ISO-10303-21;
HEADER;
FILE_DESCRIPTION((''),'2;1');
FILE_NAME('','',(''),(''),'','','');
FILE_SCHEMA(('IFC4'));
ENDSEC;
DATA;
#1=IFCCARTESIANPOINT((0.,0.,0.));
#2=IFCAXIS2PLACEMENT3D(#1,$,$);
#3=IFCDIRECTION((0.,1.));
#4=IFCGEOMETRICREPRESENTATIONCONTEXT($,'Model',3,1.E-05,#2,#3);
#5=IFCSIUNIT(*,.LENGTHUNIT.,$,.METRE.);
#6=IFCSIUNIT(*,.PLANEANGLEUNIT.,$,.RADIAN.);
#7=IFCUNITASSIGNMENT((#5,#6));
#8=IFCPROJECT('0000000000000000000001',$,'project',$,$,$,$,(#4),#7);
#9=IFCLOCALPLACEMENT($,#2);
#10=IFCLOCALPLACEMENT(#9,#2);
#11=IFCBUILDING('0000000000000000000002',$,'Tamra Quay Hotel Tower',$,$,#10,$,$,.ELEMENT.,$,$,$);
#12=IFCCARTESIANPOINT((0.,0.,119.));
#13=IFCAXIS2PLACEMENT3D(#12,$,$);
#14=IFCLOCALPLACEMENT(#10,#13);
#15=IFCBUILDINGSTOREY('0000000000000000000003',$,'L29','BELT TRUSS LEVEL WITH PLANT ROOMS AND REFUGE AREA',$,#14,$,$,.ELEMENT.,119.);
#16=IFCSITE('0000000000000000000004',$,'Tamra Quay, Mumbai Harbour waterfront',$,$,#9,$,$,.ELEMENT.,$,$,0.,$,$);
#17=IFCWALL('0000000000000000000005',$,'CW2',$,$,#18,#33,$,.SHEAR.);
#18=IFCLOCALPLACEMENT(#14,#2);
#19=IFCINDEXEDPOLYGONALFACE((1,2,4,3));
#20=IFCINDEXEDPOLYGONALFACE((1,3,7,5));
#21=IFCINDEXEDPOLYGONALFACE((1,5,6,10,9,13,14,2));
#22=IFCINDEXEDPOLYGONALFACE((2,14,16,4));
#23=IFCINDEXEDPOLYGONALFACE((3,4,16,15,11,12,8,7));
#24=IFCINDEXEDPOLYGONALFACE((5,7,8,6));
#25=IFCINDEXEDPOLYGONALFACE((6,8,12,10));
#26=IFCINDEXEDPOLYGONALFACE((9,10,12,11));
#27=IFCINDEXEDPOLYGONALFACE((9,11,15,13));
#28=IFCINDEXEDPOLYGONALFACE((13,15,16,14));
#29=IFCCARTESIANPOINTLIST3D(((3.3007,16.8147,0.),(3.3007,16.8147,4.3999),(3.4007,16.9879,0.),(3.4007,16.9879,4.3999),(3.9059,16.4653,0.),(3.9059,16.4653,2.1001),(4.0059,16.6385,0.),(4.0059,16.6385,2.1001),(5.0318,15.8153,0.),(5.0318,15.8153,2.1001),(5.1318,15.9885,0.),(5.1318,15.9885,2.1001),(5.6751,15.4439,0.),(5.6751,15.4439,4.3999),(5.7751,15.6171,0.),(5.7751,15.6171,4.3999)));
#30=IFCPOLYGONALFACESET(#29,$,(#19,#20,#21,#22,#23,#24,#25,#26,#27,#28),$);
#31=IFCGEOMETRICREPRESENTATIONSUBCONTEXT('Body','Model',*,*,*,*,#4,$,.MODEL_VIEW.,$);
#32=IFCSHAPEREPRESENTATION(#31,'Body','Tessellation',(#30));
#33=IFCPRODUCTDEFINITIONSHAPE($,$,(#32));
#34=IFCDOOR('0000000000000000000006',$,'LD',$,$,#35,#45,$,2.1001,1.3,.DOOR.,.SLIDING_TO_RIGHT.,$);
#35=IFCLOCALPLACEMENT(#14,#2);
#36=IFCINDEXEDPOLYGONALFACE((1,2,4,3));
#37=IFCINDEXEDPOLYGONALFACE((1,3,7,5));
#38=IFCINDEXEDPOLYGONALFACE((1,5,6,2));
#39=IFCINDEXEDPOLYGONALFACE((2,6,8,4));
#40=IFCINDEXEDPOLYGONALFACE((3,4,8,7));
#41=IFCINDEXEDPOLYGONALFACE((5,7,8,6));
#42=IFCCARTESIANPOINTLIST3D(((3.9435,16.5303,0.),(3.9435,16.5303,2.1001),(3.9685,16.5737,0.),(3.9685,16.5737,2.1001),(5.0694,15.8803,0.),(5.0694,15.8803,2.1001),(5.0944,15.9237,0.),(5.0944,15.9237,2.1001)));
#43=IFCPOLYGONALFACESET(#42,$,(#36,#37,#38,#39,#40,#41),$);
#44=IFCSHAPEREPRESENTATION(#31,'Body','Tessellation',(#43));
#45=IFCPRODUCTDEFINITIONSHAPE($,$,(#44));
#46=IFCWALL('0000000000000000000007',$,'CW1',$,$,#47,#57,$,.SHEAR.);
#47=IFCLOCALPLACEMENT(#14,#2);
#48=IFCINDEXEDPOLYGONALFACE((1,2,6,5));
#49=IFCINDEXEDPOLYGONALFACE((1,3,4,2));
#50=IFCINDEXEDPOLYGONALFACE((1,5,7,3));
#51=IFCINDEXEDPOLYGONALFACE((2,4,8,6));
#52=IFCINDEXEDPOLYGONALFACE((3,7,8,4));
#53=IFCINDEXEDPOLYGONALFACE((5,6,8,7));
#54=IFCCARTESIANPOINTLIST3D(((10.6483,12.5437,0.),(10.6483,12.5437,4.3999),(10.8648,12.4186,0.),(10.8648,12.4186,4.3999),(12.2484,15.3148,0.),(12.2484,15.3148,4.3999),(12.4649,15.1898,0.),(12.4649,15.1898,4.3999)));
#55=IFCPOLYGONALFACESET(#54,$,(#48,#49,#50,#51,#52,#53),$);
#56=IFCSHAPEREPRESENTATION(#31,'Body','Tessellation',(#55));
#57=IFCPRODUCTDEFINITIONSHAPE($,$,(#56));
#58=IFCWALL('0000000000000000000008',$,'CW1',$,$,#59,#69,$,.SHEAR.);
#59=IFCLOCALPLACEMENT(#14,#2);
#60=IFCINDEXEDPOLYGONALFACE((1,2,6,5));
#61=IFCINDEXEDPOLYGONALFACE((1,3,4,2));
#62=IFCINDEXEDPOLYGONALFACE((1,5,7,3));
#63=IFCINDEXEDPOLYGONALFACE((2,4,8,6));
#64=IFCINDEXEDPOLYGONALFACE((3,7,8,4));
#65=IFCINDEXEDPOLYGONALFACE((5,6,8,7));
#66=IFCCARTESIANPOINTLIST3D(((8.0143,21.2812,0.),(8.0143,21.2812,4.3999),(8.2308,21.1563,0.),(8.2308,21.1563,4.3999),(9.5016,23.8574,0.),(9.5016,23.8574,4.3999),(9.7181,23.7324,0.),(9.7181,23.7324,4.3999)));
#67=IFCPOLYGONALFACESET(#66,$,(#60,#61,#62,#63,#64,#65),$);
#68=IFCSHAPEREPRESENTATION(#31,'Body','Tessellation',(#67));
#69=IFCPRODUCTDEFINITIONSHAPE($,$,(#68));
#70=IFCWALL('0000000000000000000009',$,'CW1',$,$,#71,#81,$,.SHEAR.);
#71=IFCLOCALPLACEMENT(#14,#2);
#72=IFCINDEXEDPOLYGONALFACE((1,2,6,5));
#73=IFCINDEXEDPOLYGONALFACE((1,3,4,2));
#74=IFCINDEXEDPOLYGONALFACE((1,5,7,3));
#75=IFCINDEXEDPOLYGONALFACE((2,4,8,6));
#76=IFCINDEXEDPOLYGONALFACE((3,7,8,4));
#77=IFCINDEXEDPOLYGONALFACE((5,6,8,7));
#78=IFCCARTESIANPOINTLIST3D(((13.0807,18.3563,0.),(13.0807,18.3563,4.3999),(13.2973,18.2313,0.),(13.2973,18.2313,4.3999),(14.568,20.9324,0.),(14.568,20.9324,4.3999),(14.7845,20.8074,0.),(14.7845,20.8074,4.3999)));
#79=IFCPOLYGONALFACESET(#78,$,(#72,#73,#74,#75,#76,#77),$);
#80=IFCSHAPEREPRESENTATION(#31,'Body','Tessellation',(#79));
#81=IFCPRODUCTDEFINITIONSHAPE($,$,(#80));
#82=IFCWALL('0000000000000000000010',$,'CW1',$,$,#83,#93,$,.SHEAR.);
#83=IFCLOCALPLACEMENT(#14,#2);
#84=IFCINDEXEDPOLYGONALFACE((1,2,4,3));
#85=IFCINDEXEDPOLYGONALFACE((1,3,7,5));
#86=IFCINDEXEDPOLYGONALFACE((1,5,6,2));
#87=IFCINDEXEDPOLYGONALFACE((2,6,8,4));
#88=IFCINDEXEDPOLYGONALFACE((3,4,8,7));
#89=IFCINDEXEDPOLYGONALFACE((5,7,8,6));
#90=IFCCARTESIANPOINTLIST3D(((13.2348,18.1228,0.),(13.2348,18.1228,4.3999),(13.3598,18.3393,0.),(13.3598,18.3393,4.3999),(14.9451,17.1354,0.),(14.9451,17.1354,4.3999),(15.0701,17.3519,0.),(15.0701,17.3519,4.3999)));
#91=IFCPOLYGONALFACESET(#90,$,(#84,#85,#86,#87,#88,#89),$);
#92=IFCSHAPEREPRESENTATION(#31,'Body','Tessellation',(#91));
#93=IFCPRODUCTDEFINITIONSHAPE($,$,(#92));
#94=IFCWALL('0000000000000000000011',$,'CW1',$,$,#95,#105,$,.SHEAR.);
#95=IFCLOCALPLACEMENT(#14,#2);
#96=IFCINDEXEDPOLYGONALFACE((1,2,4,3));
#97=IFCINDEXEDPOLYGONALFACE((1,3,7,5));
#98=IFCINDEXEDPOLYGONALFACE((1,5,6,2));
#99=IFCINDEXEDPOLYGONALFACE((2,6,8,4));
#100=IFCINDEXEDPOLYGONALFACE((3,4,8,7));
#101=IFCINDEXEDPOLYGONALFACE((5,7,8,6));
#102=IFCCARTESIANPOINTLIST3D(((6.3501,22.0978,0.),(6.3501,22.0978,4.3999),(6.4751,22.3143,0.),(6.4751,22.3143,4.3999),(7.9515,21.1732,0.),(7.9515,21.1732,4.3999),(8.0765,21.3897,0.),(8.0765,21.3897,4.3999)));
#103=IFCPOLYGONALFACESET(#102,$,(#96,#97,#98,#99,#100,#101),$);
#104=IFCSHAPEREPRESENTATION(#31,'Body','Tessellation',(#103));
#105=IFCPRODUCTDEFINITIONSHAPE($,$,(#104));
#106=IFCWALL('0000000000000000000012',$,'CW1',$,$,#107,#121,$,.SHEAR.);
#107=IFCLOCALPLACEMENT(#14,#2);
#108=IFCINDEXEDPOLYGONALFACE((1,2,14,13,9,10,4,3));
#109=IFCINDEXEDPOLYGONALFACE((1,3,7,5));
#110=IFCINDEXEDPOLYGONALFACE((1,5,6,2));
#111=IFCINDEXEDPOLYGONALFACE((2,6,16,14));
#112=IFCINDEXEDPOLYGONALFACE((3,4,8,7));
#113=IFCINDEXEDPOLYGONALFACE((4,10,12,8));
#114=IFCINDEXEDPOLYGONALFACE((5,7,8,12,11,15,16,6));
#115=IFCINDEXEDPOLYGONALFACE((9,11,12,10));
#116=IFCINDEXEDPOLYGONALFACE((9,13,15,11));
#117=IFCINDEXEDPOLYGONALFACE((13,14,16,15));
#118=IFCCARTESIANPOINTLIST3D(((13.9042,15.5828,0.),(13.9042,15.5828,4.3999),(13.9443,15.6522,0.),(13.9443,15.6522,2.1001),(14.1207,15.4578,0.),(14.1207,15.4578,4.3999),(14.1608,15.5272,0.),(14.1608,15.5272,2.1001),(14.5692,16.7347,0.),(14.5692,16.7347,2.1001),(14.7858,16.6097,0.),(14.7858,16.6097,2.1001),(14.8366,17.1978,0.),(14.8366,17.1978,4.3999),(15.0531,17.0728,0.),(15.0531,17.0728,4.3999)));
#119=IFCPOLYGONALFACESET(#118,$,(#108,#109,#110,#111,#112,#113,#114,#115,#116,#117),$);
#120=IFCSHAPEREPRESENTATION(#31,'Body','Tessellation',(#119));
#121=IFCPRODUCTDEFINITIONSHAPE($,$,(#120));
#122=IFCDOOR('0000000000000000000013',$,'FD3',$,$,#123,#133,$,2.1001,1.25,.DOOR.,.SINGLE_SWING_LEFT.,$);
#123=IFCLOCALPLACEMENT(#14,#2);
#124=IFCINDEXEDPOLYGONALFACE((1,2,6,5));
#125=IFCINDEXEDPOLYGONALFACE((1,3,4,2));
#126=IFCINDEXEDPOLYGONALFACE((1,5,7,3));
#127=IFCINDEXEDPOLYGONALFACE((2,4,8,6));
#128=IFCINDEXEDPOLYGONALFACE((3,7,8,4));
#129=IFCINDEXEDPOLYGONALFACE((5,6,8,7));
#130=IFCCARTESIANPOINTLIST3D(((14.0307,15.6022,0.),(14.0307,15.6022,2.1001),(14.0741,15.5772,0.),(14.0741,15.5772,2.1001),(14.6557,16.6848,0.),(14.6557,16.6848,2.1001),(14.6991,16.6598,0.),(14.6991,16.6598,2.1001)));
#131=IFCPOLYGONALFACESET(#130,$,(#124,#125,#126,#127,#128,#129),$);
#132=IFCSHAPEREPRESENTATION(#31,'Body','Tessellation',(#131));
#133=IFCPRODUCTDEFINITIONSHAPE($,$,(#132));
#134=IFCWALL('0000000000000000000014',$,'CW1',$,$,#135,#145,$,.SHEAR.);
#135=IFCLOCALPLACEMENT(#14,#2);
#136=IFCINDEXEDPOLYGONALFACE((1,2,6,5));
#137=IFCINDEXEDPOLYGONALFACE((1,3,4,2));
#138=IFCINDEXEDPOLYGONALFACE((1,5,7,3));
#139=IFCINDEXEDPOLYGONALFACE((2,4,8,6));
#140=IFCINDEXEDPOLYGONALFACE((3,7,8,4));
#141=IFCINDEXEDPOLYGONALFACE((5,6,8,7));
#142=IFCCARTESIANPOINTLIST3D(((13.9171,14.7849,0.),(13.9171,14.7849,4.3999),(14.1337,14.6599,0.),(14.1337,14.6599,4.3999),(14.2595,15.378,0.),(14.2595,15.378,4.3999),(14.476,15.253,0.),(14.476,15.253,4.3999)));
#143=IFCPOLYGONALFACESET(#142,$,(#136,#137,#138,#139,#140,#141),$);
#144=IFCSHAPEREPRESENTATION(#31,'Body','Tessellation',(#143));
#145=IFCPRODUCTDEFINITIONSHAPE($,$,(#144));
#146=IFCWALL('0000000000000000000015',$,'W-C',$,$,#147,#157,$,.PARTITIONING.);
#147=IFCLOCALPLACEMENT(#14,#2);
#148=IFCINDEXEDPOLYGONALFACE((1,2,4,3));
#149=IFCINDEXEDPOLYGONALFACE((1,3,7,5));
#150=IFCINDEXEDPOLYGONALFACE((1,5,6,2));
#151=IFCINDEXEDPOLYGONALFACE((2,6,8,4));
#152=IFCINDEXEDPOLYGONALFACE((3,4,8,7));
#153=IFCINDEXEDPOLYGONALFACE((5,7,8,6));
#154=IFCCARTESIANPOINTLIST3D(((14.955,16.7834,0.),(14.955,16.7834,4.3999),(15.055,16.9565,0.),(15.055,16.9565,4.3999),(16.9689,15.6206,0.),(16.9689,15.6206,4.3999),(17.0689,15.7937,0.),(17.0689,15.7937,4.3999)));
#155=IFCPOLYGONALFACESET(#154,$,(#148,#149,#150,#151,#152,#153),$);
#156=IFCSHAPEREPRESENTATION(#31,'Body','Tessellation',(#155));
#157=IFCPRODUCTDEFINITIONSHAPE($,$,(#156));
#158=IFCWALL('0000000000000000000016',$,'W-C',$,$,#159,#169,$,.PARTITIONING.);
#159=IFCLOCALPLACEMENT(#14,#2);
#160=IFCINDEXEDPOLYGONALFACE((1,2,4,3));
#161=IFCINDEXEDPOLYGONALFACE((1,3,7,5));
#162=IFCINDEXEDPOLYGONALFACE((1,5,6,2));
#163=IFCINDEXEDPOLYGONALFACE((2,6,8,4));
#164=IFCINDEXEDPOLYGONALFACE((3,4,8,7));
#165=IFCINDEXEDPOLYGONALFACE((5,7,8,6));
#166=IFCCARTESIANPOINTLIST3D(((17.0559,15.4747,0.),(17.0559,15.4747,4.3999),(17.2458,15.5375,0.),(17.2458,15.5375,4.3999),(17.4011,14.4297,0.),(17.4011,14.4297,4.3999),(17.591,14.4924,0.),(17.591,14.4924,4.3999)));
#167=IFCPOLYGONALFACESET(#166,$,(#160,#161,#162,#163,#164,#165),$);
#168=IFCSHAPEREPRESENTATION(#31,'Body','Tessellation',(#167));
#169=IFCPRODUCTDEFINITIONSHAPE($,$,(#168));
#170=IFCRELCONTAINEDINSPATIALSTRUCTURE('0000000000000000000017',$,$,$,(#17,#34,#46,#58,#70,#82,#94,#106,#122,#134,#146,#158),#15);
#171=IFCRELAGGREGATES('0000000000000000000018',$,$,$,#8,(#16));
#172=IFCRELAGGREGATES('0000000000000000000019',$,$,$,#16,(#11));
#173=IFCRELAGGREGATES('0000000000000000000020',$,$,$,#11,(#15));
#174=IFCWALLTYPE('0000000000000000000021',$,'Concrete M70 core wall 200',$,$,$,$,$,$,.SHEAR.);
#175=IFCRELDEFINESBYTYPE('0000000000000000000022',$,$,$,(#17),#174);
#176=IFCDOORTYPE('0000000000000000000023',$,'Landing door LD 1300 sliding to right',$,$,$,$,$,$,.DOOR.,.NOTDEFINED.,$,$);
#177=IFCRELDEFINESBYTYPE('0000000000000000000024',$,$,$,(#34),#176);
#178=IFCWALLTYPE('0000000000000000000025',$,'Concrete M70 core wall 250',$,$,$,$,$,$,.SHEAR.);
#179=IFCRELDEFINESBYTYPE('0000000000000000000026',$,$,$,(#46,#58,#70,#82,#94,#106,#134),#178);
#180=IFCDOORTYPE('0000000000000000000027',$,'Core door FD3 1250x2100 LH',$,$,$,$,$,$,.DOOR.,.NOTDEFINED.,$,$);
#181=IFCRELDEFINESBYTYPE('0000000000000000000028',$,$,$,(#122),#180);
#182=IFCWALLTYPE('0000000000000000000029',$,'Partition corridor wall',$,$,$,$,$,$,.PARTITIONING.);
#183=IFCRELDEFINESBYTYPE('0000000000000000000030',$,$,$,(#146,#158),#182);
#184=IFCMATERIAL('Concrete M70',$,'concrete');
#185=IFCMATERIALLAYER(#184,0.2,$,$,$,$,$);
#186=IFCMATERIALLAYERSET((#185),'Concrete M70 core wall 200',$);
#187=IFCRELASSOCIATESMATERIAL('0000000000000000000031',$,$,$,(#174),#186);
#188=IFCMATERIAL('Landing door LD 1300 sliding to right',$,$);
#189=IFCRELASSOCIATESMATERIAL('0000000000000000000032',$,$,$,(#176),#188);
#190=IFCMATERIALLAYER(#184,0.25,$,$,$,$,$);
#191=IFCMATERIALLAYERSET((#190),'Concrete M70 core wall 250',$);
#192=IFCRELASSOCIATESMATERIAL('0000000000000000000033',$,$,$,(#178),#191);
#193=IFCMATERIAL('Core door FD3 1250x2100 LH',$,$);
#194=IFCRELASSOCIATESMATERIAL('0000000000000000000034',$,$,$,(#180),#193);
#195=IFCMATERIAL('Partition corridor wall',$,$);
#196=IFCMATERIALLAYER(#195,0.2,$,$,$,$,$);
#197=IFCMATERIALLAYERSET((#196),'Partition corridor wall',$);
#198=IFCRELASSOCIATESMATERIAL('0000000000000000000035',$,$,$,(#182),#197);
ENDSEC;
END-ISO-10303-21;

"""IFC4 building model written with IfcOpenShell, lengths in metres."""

from ifc_helpers import new_model, si_unit, direction, frame, frame_2d, origin, place, context, subcontext, project, spatial, rectangle, extrude, material, layer, layer_set, type_object, element, fill, save


model = new_model("IFC4")

# Units and contexts
model_context = context("Model", 3, precision=1e-05, world=origin(), true_north=direction((0.0, 1.0)))
body_context = subcontext(model_context, "Body", "Model", "MODEL_VIEW")
ifc_project = project(units=[si_unit("LENGTHUNIT", "METRE"), si_unit("PLANEANGLEUNIT", "RADIAN")], contexts=[model_context])

# Site, building, storey
site_placement = place(None, origin())
site = spatial("IfcSite", under=ifc_project, at=site_placement, Name="Tamra Quay, Mumbai Harbour waterfront", CompositionType="ELEMENT", RefElevation=0.0)
building_placement = place(site_placement, origin())
building = spatial("IfcBuilding", under=site, at=building_placement, Name="Tamra Quay Hotel Tower", CompositionType="ELEMENT")
storey_placement = place(building_placement, frame((0.0, 0.0, 119.0)))
storey = spatial("IfcBuildingStorey", under=building, at=storey_placement, Name="L29", Description="BELT TRUSS LEVEL WITH PLANT ROOMS AND REFUGE AREA", CompositionType="ELEMENT", Elevation=119.0)

# Shared definitions
ifc_material_1 = material(Name="Concrete M70", Category="concrete")
ifc_layer_1 = layer(ifc_material_1, 0.2)
ifc_layer_set_1 = layer_set([ifc_layer_1], Name="Concrete M70 core wall 200")
wall_type_1 = type_object("IfcWallType", Name="Concrete M70 core wall 200", PredefinedType="SHEAR", material=ifc_layer_set_1)

# Wall, opening, door
wall_1_placement = place(storey_placement, frame((5.7251, 15.5305, 0.0), z_axis=(0.0, 0.0, 1.0), x_axis=(-0.866037, 0.499979, 0.0)))
wall_1 = element("IfcWall", 1, at=wall_1_placement, inside=storey, type_object=wall_type_1, Name="CW2", PredefinedType="SHEAR", context=body_context, shape_type="SweptSolid", body=[
    extrude(rectangle(XDim=2.7417, YDim=0.2, at=frame_2d((1.3708, 0.0))), origin(), (0.0, 0.0, 1.0), 4.3999),
])
opening_1_placement = place(wall_1_placement, frame((0.7429, 0.0, 0.0)))
opening_1 = element("IfcOpeningElement", 2, at=opening_1_placement, cuts=wall_1, PredefinedType="OPENING", context=body_context, shape_type="SweptSolid", body=[
    extrude(rectangle(XDim=1.3, YDim=2.1001, at=frame_2d((0.6499, 1.05))), frame((0.0, 0.1099, 0.0), z_axis=(0.0, -1.0, 0.0), x_axis=(1.0, 0.0, 0.0)), (0.0, 0.0, 1.0), 0.22),
])
ifc_material_2 = material(Name="Landing door LD 1300 sliding to right")
door_type_1 = type_object("IfcDoorType", Name="Landing door LD 1300 sliding to right", OperationType="NOTDEFINED", PredefinedType="DOOR", material=ifc_material_2)
door_1_placement = place(opening_1_placement, origin())
door_1 = element("IfcDoor", 3, at=door_1_placement, inside=storey, type_object=door_type_1, Name="LD", OperationType="SLIDING_TO_RIGHT", OverallHeight=2.1001, OverallWidth=1.3, PredefinedType="DOOR", context=body_context, shape_type="SweptSolid", body=[
    extrude(rectangle(XDim=1.3, YDim=2.1001, at=frame_2d((0.6499, 1.05))), frame((0.0, 0.0249, 0.0), z_axis=(0.0, -1.0, 0.0), x_axis=(1.0, 0.0, 0.0)), (0.0, 0.0, 1.0), 0.05),
])
fill(opening_1, door_1)

# Walls
ifc_layer_2 = layer(ifc_material_1, 0.25)
ifc_layer_set_2 = layer_set([ifc_layer_2], Name="Concrete M70 core wall 250")
wall_type_2 = type_object("IfcWallType", Name="Concrete M70 core wall 250", PredefinedType="SHEAR", material=ifc_layer_set_2)
wall_2_placement = place(storey_placement, frame((12.3567, 15.2524, 0.0), z_axis=(0.0, 0.0, 1.0), x_axis=(-0.500028, -0.866009, 0.0)))
element("IfcWall", 4, at=wall_2_placement, inside=storey, type_object=wall_type_2, Name="CW1", PredefinedType="SHEAR", context=body_context, shape_type="SweptSolid", body=[
    extrude(rectangle(XDim=3.2, YDim=0.25, at=frame_2d((1.6001, 0.0))), origin(), (0.0, 0.0, 1.0), 4.3999),
])
for number, where, z_axis, x_axis, name in (
    (5, (8.1226, 21.2188, 0.0), (0.0, 0.0, 1.0), (0.499988, 0.866033, 0.0), "CW1"),
    (6, (14.6763, 20.8699, 0.0), (0.0, 0.0, 1.0), (-0.499988, -0.866033, 0.0), "CW1"),
):
    element("IfcWall", number, at=place(storey_placement, frame(where, z_axis=z_axis, x_axis=x_axis)), inside=storey, type_object=wall_type_2, Name=name, PredefinedType="SHEAR", context=body_context, shape_type="SweptSolid", body=[
        extrude(rectangle(XDim=2.9746, YDim=0.25, at=frame_2d((1.4873, 0.0))), origin(), (0.0, 0.0, 1.0), 4.3999),
    ])
wall_3_placement = place(storey_placement, frame((13.2974, 18.231, 0.0), z_axis=(0.0, 0.0, 1.0), x_axis=(0.866044, -0.499969, 0.0)))
element("IfcWall", 7, at=wall_3_placement, inside=storey, type_object=wall_type_2, Name="CW1", PredefinedType="SHEAR", context=body_context, shape_type="SweptSolid", body=[
    extrude(rectangle(XDim=1.9749, YDim=0.25, at=frame_2d((0.9873, 0.0))), origin(), (0.0, 0.0, 1.0), 4.3999),
])
wall_4_placement = place(storey_placement, frame((6.4126, 22.2061, 0.0), z_axis=(0.0, 0.0, 1.0), x_axis=(0.866016, -0.500016, 0.0)))
element("IfcWall", 8, at=wall_4_placement, inside=storey, type_object=wall_type_2, Name="CW1", PredefinedType="SHEAR", context=body_context, shape_type="SweptSolid", body=[
    extrude(rectangle(XDim=1.8491, YDim=0.25, at=frame_2d((0.9246, 0.0))), origin(), (0.0, 0.0, 1.0), 4.3999),
])

# Wall, opening, door
wall_5_placement = place(storey_placement, frame((14.9448, 17.1353, 0.0), z_axis=(0.0, 0.0, 1.0), x_axis=(-0.499983, -0.866035, 0.0)))
wall_5 = element("IfcWall", 9, at=wall_5_placement, inside=storey, type_object=wall_type_2, Name="CW1", PredefinedType="SHEAR", context=body_context, shape_type="SweptSolid", body=[
    extrude(rectangle(XDim=1.8647, YDim=0.25, at=frame_2d((0.9324, 0.0))), origin(), (0.0, 0.0, 1.0), 4.3999),
])
opening_2_placement = place(wall_5_placement, frame((0.5347, 0.0, 0.0)))
opening_2 = element("IfcOpeningElement", 10, at=opening_2_placement, cuts=wall_5, PredefinedType="OPENING", context=body_context, shape_type="SweptSolid", body=[
    extrude(rectangle(XDim=1.25, YDim=2.1001, at=frame_2d((0.625, 1.05))), frame((0.0, 0.135, 0.0), z_axis=(0.0, -1.0, 0.0), x_axis=(1.0, 0.0, 0.0)), (0.0, 0.0, 1.0), 0.27),
])
ifc_material_3 = material(Name="Core door FD3 1250x2100 LH")
door_type_2 = type_object("IfcDoorType", Name="Core door FD3 1250x2100 LH", OperationType="NOTDEFINED", PredefinedType="DOOR", material=ifc_material_3)
door_2_placement = place(opening_2_placement, origin())
door_2 = element("IfcDoor", 11, at=door_2_placement, inside=storey, type_object=door_type_2, Name="FD3", OperationType="SINGLE_SWING_LEFT", OverallHeight=2.1001, OverallWidth=1.25, PredefinedType="DOOR", context=body_context, shape_type="SweptSolid", body=[
    extrude(rectangle(XDim=1.25, YDim=2.1001, at=frame_2d((0.625, 1.05))), frame((0.0, 0.0249, 0.0), z_axis=(0.0, -1.0, 0.0), x_axis=(1.0, 0.0, 0.0)), (0.0, 0.0, 1.0), 0.05),
])
fill(opening_2, door_2)

# Walls
wall_6_placement = place(storey_placement, frame((14.3677, 15.3154, 0.0), z_axis=(0.0, 0.0, 1.0), x_axis=(-0.499897, -0.866085, 0.0)))
element("IfcWall", 12, at=wall_6_placement, inside=storey, type_object=wall_type_2, Name="CW1", PredefinedType="SHEAR", context=body_context, shape_type="SweptSolid", body=[
    extrude(rectangle(XDim=0.6848, YDim=0.25, at=frame_2d((0.3423, 0.0))), origin(), (0.0, 0.0, 1.0), 4.3999),
])
ifc_material_4 = material(Name="Partition corridor wall")
ifc_layer_3 = layer(ifc_material_4, 0.2)
ifc_layer_set_3 = layer_set([ifc_layer_3], Name="Partition corridor wall")
wall_type_3 = type_object("IfcWallType", Name="Partition corridor wall", PredefinedType="PARTITIONING", material=ifc_layer_set_3)
wall_7_placement = place(storey_placement, frame((15.0051, 16.8699, 0.0), z_axis=(0.0, 0.0, 1.0), x_axis=(0.866006, -0.500034, 0.0)))
element("IfcWall", 13, at=wall_7_placement, inside=storey, type_object=wall_type_3, Name="W-C", PredefinedType="PARTITIONING", context=body_context, shape_type="SweptSolid", body=[
    extrude(rectangle(XDim=2.3254, YDim=0.2, at=frame_2d((1.1626, 0.0))), origin(), (0.0, 0.0, 1.0), 4.3999),
])
wall_8_placement = place(storey_placement, frame((17.1509, 15.5061, 0.0), z_axis=(0.0, 0.0, 1.0), x_axis=(0.313631, -0.949545, 0.0)))
element("IfcWall", 14, at=wall_8_placement, inside=storey, type_object=wall_type_3, Name="W-C", PredefinedType="PARTITIONING", context=body_context, shape_type="SweptSolid", body=[
    extrude(rectangle(XDim=1.1006, YDim=0.2, at=frame_2d((0.5503, 0.0))), origin(), (0.0, 0.0, 1.0), 4.3999),
])

save(model, "model.ifc")
